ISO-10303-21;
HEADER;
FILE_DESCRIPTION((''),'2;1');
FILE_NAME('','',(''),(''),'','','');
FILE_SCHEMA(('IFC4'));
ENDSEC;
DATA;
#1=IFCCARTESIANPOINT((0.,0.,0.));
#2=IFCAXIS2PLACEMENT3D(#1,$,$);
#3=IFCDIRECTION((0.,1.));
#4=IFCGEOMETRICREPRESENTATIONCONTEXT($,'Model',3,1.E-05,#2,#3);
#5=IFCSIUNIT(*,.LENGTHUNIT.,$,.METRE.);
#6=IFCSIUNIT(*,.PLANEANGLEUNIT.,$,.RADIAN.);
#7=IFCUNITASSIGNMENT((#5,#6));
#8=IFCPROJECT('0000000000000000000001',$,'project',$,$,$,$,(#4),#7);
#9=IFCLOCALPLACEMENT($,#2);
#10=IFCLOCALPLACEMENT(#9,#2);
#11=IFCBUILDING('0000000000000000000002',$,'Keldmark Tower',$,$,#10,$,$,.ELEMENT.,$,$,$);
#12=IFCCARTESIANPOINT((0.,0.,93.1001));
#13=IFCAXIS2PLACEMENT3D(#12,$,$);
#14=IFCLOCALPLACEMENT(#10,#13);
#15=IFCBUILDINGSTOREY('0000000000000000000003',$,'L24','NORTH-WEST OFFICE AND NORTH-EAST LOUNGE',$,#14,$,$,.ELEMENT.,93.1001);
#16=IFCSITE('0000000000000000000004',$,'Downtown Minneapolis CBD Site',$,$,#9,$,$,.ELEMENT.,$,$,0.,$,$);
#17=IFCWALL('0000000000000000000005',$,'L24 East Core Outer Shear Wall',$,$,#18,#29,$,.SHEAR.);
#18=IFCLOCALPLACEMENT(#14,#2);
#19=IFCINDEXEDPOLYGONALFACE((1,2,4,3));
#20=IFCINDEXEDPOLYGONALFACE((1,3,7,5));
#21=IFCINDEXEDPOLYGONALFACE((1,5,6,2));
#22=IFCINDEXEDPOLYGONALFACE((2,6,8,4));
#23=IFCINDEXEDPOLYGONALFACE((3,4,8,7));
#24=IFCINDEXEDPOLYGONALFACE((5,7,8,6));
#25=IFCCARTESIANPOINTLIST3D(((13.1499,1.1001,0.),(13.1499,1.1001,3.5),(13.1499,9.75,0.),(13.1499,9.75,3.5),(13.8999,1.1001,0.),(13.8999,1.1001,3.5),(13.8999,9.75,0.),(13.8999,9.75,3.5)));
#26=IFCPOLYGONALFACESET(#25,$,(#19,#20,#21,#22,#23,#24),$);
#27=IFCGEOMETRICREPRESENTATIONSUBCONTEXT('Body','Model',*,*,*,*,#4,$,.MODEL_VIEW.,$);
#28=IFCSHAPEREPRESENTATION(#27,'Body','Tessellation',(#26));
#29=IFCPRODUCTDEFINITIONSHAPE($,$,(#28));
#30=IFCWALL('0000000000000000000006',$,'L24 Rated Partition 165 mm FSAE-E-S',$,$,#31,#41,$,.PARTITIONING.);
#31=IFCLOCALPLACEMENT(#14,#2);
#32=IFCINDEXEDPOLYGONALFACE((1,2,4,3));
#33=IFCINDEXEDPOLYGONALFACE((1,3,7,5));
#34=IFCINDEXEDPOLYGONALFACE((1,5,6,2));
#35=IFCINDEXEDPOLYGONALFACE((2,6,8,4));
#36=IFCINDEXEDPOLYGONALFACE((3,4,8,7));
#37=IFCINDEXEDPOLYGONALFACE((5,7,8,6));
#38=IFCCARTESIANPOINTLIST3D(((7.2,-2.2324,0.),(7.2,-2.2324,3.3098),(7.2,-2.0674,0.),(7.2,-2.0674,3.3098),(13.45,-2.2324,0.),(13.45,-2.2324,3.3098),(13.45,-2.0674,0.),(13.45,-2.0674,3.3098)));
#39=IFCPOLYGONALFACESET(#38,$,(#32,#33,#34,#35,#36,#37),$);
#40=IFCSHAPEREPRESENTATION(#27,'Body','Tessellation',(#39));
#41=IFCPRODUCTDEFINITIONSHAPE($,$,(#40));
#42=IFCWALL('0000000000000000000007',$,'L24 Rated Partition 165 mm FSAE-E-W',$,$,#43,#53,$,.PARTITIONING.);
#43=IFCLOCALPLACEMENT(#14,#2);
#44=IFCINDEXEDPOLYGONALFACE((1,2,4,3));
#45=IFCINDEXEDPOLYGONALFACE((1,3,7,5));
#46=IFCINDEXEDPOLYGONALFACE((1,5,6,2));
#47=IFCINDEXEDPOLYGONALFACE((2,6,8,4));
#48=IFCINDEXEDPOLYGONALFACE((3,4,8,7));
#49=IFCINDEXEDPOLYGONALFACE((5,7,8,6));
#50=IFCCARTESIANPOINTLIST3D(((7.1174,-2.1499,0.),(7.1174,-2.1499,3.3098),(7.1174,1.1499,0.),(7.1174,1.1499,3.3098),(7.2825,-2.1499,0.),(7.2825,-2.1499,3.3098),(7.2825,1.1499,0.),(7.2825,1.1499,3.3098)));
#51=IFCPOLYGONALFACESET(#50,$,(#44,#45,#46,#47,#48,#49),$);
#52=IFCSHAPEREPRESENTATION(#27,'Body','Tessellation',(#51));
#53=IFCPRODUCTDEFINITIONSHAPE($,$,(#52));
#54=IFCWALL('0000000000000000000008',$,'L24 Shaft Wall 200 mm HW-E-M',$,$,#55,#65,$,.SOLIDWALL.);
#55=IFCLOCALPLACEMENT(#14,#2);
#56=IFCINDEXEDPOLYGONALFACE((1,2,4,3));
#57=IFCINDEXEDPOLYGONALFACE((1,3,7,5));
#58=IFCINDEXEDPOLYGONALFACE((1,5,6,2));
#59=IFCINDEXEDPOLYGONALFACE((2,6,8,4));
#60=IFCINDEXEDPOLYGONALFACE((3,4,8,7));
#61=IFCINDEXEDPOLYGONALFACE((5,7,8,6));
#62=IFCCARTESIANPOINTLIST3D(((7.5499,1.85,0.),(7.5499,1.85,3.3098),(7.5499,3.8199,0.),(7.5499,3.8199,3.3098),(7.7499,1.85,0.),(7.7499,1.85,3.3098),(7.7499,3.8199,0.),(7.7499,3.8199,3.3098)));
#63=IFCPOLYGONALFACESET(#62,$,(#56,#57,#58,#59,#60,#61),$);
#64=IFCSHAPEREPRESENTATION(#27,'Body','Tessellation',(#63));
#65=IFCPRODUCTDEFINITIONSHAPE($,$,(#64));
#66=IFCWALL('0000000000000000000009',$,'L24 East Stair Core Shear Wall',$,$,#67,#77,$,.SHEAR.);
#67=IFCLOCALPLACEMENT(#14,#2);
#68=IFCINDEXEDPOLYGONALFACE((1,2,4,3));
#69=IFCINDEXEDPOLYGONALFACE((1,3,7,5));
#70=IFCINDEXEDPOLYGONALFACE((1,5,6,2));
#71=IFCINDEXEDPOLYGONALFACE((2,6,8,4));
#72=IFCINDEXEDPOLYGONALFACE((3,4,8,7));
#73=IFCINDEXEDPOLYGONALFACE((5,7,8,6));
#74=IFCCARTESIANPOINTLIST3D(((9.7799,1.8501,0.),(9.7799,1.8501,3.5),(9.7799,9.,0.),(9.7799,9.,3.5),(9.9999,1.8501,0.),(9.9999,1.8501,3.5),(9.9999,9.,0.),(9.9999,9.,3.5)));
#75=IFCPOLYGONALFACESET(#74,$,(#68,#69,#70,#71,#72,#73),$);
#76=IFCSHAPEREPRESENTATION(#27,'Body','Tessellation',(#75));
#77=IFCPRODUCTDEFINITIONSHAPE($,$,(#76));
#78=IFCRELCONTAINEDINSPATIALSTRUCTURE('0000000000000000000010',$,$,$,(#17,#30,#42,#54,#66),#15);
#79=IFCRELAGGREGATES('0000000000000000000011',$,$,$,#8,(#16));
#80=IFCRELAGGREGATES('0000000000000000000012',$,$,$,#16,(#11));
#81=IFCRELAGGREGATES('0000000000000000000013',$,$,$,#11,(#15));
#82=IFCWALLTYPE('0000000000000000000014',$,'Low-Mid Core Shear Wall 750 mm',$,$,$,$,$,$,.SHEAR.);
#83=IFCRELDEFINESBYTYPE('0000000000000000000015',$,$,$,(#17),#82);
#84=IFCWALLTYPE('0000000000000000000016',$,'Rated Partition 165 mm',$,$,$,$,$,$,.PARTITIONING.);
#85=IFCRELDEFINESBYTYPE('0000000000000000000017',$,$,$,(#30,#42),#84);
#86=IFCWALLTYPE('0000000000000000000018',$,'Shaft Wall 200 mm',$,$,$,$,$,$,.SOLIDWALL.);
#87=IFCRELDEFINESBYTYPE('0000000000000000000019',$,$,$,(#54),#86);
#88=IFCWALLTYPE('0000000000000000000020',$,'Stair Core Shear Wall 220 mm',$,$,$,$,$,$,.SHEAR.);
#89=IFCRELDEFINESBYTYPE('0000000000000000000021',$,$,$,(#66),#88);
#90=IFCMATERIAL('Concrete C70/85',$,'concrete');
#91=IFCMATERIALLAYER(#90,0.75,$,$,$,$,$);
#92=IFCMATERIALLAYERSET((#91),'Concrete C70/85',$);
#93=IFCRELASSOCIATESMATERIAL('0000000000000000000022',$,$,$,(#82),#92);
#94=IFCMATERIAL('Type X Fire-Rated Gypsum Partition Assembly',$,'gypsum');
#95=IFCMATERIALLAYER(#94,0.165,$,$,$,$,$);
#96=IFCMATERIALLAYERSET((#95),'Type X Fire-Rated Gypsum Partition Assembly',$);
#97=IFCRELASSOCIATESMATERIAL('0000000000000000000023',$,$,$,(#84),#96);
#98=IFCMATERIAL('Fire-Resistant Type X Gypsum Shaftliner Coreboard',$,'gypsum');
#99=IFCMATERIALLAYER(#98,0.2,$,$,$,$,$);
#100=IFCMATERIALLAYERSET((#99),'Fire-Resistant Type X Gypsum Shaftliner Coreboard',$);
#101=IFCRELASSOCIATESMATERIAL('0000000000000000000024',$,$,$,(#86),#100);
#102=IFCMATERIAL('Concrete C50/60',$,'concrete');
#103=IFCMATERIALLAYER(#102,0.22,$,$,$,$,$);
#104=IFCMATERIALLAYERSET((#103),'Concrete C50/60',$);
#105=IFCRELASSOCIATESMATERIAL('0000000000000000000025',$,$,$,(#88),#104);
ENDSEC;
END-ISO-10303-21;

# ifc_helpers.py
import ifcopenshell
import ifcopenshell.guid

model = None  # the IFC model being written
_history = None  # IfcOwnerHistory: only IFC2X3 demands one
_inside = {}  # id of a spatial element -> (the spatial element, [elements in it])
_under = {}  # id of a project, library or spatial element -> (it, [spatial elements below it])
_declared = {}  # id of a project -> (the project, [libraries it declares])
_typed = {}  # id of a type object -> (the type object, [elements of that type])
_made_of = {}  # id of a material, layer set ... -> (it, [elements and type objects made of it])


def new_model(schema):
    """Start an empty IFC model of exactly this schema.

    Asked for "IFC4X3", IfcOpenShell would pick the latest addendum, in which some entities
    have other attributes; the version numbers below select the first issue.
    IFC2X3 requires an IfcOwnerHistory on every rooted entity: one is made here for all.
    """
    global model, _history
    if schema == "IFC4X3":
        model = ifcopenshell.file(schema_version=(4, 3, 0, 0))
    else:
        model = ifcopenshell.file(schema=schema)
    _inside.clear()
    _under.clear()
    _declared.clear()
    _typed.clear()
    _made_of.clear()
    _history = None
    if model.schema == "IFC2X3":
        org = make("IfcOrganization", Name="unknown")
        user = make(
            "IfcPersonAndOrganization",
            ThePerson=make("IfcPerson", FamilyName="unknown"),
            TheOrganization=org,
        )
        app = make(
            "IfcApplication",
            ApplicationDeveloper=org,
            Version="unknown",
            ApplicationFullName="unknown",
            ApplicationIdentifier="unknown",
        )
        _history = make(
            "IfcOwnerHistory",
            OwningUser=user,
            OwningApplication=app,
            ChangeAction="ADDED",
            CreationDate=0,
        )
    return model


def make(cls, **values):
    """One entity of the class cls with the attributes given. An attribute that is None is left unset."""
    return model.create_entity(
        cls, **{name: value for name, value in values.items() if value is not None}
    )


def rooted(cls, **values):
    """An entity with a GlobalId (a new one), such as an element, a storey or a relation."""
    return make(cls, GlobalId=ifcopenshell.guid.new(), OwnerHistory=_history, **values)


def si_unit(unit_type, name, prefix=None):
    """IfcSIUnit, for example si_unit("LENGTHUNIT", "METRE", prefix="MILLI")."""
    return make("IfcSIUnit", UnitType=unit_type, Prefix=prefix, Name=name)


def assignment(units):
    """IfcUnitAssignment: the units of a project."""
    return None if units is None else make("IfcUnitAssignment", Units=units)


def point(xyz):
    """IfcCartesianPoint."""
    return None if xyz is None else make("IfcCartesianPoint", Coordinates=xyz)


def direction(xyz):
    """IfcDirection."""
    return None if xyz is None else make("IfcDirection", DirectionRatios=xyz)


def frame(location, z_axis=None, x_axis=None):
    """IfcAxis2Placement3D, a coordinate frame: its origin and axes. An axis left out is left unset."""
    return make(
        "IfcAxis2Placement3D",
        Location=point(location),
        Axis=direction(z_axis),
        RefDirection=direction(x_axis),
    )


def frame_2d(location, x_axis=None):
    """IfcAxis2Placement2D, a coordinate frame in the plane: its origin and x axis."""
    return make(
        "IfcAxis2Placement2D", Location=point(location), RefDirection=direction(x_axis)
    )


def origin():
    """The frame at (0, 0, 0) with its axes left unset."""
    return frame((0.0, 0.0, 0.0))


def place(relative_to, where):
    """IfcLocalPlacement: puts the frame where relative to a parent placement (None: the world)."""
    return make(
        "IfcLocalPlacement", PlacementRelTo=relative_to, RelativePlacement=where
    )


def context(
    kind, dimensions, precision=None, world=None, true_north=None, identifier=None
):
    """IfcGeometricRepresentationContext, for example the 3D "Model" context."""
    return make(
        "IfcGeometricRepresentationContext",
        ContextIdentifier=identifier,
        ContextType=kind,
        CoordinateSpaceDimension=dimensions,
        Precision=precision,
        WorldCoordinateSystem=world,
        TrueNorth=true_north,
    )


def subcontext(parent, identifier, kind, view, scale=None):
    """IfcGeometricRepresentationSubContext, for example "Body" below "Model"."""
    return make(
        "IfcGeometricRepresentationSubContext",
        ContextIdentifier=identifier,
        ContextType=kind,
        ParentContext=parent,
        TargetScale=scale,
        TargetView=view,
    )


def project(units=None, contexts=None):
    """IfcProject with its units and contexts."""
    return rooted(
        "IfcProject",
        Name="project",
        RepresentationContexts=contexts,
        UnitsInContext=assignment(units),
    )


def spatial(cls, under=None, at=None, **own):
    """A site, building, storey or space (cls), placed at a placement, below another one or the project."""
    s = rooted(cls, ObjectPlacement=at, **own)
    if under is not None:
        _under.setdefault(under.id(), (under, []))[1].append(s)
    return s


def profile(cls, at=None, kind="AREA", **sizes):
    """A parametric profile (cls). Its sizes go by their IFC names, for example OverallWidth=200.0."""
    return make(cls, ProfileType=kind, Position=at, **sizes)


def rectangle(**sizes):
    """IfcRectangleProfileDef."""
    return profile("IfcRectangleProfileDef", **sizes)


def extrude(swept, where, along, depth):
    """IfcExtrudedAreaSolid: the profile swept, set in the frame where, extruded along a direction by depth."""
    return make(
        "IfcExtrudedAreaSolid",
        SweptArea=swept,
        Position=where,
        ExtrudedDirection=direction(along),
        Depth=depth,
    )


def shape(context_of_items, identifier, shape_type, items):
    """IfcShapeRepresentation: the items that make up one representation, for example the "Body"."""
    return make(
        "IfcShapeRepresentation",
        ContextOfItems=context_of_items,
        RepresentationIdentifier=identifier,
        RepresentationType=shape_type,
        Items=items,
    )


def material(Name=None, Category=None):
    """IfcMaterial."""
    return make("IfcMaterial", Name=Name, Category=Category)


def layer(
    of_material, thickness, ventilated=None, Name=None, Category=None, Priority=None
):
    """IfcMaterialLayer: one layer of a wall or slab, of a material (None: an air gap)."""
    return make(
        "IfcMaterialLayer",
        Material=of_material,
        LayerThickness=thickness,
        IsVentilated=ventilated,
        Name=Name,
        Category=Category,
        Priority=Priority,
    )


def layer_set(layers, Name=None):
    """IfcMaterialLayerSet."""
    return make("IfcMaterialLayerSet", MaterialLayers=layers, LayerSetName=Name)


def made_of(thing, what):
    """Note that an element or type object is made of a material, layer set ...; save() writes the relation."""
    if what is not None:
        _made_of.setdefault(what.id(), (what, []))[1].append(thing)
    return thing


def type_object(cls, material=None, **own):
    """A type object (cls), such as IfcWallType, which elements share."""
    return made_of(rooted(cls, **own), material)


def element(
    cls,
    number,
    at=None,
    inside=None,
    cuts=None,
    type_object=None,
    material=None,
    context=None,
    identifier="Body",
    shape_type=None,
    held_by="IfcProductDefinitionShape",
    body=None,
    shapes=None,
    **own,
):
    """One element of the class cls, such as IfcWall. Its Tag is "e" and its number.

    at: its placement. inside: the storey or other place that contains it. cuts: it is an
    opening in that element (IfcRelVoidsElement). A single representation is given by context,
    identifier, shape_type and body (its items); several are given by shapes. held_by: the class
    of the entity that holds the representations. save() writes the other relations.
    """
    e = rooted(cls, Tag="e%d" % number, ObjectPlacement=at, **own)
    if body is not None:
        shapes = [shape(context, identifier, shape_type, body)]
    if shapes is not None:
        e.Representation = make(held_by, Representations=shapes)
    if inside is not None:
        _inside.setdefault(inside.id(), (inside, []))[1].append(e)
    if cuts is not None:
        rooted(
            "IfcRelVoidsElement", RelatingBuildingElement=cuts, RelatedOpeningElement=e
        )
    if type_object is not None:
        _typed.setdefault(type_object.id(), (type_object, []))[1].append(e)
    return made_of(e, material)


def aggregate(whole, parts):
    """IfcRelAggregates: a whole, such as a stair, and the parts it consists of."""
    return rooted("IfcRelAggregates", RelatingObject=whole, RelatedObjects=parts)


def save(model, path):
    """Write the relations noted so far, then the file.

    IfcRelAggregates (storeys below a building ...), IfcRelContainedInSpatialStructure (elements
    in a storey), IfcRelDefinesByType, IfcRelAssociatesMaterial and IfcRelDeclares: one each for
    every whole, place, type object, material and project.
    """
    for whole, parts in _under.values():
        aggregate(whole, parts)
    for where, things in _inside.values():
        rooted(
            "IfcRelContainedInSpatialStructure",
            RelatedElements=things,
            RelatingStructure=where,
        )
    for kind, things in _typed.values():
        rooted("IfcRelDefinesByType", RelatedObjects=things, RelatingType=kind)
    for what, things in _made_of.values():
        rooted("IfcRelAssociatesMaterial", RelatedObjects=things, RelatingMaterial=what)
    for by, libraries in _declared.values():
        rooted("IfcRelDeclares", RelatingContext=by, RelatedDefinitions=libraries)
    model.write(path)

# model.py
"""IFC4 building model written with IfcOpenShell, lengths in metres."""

from ifc_helpers import new_model, si_unit, direction, frame, frame_2d, origin, place, context, subcontext, project, spatial, rectangle, extrude, material, layer, layer_set, type_object, element, save


model = new_model("IFC4")

# Units and contexts
model_context = context("Model", 3, precision=1e-05, world=origin(), true_north=direction((0.0, 1.0)))
body_context = subcontext(model_context, "Body", "Model", "MODEL_VIEW")
ifc_project = project(units=[si_unit("LENGTHUNIT", "METRE"), si_unit("PLANEANGLEUNIT", "RADIAN")], contexts=[model_context])

# Site, building, storey
site_placement = place(None, origin())
site = spatial("IfcSite", under=ifc_project, at=site_placement, Name="Downtown Minneapolis CBD Site", CompositionType="ELEMENT", RefElevation=0.0)
building_placement = place(site_placement, origin())
building = spatial("IfcBuilding", under=site, at=building_placement, Name="Keldmark Tower", CompositionType="ELEMENT")
storey_placement = place(building_placement, frame((0.0, 0.0, 93.1001)))
storey = spatial("IfcBuildingStorey", under=building, at=storey_placement, Name="L24", Description="NORTH-WEST OFFICE AND NORTH-EAST LOUNGE", CompositionType="ELEMENT", Elevation=93.1001)

# Wall
ifc_material_1 = material(Name="Concrete C70/85", Category="concrete")
ifc_layer_1 = layer(ifc_material_1, 0.75)
ifc_layer_set_1 = layer_set([ifc_layer_1], Name="Concrete C70/85")
wall_type_1 = type_object("IfcWallType", Name="Low-Mid Core Shear Wall 750 mm", PredefinedType="SHEAR", material=ifc_layer_set_1)
wall_1_placement = place(storey_placement, frame((13.5249, 1.1001, 0.0), z_axis=(0.0, 0.0, 1.0), x_axis=(0.0, 1.0, 0.0)))
element("IfcWall", 1, at=wall_1_placement, inside=storey, type_object=wall_type_1, Name="L24 East Core Outer Shear Wall", PredefinedType="SHEAR", context=body_context, shape_type="SweptSolid", body=[
    extrude(rectangle(XDim=8.6499, YDim=0.75, at=frame_2d((4.325, 0.0))), origin(), (0.0, 0.0, 1.0), 3.5),
])

# Walls
ifc_material_2 = material(Name="Type X Fire-Rated Gypsum Partition Assembly", Category="gypsum")
ifc_layer_2 = layer(ifc_material_2, 0.165)
ifc_layer_set_2 = layer_set([ifc_layer_2], Name="Type X Fire-Rated Gypsum Partition Assembly")
wall_type_2 = type_object("IfcWallType", Name="Rated Partition 165 mm", PredefinedType="PARTITIONING", material=ifc_layer_set_2)
wall_2_placement = place(storey_placement, frame((7.2, -2.1499, 0.0), z_axis=(0.0, 0.0, 1.0), x_axis=(1.0, 0.0, 0.0)))
element("IfcWall", 2, at=wall_2_placement, inside=storey, type_object=wall_type_2, Name="L24 Rated Partition 165 mm FSAE-E-S", PredefinedType="PARTITIONING", context=body_context, shape_type="SweptSolid", body=[
    extrude(rectangle(XDim=6.25, YDim=0.165, at=frame_2d((3.125, 0.0))), origin(), (0.0, 0.0, 1.0), 3.3098),
])
wall_3_placement = place(storey_placement, frame((7.2, -2.1499, 0.0), z_axis=(0.0, 0.0, 1.0), x_axis=(0.0, 1.0, 0.0)))
element("IfcWall", 3, at=wall_3_placement, inside=storey, type_object=wall_type_2, Name="L24 Rated Partition 165 mm FSAE-E-W", PredefinedType="PARTITIONING", context=body_context, shape_type="SweptSolid", body=[
    extrude(rectangle(XDim=3.2998, YDim=0.165, at=frame_2d((1.6499, 0.0))), origin(), (0.0, 0.0, 1.0), 3.3098),
])

# Walls
ifc_material_3 = material(Name="Fire-Resistant Type X Gypsum Shaftliner Coreboard", Category="gypsum")
ifc_layer_3 = layer(ifc_material_3, 0.2)
ifc_layer_set_3 = layer_set([ifc_layer_3], Name="Fire-Resistant Type X Gypsum Shaftliner Coreboard")
wall_type_3 = type_object("IfcWallType", Name="Shaft Wall 200 mm", PredefinedType="SOLIDWALL", material=ifc_layer_set_3)
wall_4_placement = place(storey_placement, frame((7.6499, 1.8501, 0.0), z_axis=(0.0, 0.0, 1.0), x_axis=(0.0, 1.0, 0.0)))
element("IfcWall", 4, at=wall_4_placement, inside=storey, type_object=wall_type_3, Name="L24 Shaft Wall 200 mm HW-E-M", PredefinedType="SOLIDWALL", context=body_context, shape_type="SweptSolid", body=[
    extrude(rectangle(XDim=1.97, YDim=0.2, at=frame_2d((0.9849, 0.0))), origin(), (0.0, 0.0, 1.0), 3.3098),
])
ifc_material_4 = material(Name="Concrete C50/60", Category="concrete")
ifc_layer_4 = layer(ifc_material_4, 0.22)
ifc_layer_set_4 = layer_set([ifc_layer_4], Name="Concrete C50/60")
wall_type_4 = type_object("IfcWallType", Name="Stair Core Shear Wall 220 mm", PredefinedType="SHEAR", material=ifc_layer_set_4)
wall_5_placement = place(storey_placement, frame((9.8899, 1.8501, 0.0), z_axis=(0.0, 0.0, 1.0), x_axis=(0.0, 1.0, 0.0)))
element("IfcWall", 5, at=wall_5_placement, inside=storey, type_object=wall_type_4, Name="L24 East Stair Core Shear Wall", PredefinedType="SHEAR", context=body_context, shape_type="SweptSolid", body=[
    extrude(rectangle(XDim=7.1499, YDim=0.22, at=frame_2d((3.575, 0.0))), origin(), (0.0, 0.0, 1.0), 3.5),
])

save(model, "model.ifc")
